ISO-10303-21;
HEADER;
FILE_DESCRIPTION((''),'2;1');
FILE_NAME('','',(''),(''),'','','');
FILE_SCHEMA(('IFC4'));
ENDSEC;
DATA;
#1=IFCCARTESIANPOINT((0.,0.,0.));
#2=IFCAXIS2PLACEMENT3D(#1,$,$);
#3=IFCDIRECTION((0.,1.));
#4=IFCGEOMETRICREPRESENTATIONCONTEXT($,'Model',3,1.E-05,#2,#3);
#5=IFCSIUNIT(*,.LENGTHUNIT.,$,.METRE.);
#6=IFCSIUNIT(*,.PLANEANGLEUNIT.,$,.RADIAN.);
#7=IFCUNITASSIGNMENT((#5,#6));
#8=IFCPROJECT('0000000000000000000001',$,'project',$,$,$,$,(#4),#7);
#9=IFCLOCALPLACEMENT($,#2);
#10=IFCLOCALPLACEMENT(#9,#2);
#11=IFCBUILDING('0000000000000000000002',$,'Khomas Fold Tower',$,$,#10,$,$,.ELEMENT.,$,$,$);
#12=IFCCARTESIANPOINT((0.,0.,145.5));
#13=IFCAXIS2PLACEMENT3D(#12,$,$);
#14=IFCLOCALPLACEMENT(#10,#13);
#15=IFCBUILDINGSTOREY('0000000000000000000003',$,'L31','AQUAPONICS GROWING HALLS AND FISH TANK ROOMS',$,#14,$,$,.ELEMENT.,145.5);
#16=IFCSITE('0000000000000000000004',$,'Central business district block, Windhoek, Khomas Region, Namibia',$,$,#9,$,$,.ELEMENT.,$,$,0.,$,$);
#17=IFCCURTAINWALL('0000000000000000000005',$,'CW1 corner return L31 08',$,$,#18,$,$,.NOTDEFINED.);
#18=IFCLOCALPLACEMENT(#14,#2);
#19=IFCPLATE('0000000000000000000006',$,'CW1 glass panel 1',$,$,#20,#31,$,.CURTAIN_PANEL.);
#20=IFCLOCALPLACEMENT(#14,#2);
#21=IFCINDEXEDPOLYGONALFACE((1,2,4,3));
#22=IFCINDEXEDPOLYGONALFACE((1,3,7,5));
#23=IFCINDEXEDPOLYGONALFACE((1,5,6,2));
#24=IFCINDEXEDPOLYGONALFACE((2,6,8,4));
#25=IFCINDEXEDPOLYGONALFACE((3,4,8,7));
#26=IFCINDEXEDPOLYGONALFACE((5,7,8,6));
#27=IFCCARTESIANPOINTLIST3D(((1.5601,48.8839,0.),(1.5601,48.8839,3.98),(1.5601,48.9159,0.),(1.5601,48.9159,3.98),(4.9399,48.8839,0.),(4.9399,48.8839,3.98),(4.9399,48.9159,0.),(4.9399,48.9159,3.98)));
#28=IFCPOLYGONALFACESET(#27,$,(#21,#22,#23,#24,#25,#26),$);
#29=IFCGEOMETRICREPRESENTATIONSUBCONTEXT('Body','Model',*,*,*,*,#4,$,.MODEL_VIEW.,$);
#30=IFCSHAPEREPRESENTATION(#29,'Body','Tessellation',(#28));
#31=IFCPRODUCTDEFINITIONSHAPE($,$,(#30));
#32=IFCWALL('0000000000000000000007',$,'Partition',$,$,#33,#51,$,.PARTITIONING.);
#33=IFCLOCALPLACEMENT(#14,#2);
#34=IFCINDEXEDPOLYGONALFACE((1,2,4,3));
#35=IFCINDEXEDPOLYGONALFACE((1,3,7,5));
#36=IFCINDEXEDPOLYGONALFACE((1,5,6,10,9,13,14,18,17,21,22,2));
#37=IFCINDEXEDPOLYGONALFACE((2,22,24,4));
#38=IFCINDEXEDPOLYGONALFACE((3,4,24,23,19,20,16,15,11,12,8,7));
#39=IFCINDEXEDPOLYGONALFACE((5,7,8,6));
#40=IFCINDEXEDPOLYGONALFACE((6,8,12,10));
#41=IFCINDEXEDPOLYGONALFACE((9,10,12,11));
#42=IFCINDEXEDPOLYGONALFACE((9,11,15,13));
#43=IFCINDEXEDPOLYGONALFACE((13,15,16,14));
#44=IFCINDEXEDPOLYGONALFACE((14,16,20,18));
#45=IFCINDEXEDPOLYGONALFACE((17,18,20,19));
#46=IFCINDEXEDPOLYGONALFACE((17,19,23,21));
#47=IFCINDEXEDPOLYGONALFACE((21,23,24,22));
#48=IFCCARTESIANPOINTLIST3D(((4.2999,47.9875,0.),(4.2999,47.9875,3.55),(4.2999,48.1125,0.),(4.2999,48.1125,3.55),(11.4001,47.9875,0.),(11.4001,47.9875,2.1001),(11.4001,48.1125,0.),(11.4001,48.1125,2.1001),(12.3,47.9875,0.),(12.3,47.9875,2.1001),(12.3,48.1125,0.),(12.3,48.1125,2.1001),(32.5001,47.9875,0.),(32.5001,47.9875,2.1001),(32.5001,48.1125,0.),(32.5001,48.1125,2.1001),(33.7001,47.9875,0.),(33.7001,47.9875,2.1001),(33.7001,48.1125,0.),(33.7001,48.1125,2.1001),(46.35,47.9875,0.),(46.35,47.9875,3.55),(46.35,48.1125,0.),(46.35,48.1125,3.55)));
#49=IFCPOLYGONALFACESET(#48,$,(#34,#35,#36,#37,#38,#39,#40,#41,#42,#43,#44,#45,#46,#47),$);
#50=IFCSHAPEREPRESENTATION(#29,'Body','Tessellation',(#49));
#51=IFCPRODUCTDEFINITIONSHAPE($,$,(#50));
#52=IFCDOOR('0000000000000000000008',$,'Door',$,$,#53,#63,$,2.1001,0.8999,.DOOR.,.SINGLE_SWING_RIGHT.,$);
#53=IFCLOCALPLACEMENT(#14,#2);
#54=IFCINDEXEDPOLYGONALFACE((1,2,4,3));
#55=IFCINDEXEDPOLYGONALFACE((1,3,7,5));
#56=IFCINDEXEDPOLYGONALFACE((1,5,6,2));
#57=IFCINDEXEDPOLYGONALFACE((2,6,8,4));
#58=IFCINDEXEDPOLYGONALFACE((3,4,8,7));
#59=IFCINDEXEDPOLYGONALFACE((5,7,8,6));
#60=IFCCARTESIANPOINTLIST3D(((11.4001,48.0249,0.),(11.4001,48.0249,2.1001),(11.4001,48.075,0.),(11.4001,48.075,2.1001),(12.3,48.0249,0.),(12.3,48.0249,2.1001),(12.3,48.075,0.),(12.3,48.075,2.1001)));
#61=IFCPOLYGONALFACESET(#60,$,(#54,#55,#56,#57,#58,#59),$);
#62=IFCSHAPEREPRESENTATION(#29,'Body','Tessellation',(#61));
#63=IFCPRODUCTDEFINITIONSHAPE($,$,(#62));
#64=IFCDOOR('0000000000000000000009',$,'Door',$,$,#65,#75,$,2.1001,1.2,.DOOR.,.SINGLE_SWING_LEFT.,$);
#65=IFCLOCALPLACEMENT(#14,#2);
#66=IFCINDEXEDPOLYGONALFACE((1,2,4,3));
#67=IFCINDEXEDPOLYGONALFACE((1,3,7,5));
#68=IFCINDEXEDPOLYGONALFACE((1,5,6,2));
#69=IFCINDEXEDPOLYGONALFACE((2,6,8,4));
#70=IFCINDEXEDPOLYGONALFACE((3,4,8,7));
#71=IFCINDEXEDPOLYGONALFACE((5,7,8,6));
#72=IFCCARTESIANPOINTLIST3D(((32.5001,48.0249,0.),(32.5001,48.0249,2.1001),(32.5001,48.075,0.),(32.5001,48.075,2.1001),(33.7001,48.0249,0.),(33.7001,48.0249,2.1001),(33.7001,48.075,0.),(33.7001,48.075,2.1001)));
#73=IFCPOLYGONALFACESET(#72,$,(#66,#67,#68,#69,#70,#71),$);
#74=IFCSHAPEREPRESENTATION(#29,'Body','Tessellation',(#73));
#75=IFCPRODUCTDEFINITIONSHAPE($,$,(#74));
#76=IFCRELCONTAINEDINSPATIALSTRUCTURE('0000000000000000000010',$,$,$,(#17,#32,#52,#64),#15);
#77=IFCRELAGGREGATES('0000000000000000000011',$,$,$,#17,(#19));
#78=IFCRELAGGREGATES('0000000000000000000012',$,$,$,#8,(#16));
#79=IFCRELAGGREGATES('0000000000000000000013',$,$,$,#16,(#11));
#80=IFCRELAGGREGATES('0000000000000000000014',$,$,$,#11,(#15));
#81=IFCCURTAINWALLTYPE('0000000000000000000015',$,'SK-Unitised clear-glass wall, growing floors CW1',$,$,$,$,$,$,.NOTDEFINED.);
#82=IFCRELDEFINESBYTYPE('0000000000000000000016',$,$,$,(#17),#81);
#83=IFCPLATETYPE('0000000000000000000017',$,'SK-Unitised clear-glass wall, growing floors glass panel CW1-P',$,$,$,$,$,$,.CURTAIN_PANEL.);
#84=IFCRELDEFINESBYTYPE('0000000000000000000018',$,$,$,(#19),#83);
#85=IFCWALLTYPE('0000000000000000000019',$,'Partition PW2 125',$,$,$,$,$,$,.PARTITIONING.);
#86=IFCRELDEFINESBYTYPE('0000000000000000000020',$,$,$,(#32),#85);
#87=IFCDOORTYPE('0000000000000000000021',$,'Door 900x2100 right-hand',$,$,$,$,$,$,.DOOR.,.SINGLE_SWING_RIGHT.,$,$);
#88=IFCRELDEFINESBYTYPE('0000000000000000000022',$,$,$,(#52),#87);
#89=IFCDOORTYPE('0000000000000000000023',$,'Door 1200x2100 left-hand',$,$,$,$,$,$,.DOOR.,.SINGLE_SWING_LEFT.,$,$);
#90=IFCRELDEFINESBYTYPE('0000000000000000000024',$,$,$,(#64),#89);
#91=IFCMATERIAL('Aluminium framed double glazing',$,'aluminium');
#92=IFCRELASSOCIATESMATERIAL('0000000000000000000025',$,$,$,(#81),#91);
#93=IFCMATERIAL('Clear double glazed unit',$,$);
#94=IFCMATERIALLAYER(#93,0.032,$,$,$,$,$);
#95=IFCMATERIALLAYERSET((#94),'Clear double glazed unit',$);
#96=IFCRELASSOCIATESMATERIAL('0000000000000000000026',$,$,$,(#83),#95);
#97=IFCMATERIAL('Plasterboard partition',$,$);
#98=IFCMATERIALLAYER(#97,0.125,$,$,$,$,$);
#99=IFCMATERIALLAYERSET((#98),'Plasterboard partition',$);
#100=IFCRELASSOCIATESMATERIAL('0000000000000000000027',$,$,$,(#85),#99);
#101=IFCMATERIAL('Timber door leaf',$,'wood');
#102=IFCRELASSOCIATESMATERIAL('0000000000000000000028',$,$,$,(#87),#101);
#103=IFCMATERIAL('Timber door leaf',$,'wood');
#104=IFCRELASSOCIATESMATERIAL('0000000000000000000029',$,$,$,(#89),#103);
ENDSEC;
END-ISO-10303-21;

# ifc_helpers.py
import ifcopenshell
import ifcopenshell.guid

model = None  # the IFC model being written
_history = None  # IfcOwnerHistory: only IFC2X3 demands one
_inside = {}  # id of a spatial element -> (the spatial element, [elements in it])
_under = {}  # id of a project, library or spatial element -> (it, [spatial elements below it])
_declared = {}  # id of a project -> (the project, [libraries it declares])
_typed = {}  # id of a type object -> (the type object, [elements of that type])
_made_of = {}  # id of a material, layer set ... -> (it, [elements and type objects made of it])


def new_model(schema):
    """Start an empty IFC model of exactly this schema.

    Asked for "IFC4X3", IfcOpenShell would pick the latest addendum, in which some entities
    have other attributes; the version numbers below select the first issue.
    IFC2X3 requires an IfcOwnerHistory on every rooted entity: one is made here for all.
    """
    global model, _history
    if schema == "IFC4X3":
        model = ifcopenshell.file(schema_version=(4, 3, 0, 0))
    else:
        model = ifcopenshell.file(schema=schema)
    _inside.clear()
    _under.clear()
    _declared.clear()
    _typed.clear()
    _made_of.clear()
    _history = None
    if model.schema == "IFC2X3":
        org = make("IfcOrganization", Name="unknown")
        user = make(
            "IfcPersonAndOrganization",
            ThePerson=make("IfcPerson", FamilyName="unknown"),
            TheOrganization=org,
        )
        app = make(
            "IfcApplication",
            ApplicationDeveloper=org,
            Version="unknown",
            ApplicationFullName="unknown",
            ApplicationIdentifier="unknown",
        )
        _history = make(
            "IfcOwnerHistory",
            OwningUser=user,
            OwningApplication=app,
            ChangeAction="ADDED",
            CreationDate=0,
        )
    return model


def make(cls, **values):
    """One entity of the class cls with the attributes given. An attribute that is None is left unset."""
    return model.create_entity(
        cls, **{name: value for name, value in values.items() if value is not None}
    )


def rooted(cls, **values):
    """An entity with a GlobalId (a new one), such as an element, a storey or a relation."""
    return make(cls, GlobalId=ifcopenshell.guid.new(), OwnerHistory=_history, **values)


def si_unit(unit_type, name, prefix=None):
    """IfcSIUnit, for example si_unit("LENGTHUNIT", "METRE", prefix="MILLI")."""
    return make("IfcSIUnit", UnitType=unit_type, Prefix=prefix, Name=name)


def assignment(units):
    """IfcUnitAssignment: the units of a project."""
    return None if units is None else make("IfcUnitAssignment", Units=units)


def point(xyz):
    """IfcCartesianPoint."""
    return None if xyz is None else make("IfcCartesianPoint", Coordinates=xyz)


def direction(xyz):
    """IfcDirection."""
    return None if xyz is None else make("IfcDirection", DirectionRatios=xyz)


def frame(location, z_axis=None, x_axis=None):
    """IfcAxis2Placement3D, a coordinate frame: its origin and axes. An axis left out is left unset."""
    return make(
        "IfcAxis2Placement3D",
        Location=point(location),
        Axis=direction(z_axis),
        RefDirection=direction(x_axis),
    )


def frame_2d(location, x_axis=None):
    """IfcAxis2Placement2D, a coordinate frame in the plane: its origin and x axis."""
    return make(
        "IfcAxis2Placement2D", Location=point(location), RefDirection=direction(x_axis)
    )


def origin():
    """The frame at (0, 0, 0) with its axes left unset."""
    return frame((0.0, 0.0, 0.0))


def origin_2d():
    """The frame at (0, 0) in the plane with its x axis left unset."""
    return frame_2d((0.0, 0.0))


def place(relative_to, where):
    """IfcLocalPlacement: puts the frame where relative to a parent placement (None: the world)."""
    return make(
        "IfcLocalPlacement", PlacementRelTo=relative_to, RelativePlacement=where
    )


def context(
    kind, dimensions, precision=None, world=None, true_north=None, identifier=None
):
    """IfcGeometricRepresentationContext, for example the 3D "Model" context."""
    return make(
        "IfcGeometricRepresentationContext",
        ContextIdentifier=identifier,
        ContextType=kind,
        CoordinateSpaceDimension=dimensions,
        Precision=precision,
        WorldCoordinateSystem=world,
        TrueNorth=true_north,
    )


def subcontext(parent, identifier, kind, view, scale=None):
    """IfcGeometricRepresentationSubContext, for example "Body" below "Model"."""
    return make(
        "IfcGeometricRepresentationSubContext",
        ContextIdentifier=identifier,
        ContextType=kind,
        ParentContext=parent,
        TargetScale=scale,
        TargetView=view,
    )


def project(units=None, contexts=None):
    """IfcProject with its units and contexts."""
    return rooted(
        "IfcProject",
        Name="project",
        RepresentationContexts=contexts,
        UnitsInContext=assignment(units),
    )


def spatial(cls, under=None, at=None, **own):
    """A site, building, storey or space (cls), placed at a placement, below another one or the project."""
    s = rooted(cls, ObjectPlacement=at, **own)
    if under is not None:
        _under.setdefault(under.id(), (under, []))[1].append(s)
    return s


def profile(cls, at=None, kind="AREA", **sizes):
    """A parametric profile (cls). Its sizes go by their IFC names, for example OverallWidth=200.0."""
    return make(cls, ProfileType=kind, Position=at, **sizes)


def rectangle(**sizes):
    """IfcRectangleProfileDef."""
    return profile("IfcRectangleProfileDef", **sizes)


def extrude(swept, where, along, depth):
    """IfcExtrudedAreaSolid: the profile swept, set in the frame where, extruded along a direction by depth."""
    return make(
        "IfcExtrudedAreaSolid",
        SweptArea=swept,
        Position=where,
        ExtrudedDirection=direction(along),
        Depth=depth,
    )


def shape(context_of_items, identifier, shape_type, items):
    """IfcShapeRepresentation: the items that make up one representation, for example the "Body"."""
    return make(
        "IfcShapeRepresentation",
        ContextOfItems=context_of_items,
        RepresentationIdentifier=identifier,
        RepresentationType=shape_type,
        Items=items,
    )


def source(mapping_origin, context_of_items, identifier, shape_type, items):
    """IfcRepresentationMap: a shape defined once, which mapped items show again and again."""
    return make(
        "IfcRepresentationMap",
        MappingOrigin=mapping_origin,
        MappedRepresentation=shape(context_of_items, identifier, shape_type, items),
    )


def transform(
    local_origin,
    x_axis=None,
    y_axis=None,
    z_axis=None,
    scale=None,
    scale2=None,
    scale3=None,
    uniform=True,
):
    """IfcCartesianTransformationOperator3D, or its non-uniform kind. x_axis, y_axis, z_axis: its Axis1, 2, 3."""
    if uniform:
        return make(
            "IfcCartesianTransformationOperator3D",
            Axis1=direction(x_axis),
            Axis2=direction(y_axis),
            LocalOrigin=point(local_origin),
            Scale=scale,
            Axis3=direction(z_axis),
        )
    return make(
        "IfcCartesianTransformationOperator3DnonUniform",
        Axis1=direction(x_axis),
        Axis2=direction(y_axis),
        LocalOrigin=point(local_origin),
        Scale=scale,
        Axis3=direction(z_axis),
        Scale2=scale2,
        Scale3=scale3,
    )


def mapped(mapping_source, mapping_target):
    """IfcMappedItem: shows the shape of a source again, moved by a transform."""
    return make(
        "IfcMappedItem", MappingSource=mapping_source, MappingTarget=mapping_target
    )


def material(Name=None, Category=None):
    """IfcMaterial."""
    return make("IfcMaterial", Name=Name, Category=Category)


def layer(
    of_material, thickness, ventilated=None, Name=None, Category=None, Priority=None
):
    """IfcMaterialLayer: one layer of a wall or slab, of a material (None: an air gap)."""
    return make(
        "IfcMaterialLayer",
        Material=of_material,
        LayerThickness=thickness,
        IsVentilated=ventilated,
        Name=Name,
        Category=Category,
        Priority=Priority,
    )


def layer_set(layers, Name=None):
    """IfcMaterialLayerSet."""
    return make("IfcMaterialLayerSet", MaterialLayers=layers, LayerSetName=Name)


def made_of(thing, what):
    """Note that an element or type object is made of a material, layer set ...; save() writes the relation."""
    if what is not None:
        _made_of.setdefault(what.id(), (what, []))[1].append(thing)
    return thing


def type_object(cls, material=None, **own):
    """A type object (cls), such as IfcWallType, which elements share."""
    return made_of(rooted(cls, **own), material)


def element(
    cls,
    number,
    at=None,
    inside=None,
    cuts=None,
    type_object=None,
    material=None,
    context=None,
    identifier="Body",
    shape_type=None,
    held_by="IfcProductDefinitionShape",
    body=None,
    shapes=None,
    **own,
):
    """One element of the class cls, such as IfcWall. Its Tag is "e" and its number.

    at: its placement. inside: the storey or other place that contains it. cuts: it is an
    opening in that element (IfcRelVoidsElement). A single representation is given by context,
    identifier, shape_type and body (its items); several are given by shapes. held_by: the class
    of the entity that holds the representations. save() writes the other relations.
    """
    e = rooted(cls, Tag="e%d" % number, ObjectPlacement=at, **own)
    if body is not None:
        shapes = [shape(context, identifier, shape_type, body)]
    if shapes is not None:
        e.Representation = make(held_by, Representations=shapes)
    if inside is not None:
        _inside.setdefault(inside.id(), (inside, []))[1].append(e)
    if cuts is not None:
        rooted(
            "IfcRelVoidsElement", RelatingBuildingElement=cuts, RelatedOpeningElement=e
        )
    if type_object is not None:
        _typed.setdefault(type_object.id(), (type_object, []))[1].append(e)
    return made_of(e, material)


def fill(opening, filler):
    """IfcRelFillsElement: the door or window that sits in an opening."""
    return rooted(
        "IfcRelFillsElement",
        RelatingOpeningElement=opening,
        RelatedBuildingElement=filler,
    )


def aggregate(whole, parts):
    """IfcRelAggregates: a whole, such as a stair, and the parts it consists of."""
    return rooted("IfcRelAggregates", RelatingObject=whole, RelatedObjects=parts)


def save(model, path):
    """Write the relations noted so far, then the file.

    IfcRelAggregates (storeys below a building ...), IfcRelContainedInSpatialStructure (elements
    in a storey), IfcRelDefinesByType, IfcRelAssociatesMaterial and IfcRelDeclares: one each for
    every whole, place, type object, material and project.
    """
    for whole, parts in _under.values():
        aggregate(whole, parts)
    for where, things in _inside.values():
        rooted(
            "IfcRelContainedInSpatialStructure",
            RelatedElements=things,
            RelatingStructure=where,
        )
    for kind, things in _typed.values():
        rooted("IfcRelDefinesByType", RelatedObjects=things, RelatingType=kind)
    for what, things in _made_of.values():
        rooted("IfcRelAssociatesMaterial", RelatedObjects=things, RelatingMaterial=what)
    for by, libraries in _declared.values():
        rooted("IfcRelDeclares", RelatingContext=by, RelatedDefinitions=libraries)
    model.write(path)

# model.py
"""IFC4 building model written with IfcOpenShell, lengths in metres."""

from ifc_helpers import new_model, si_unit, direction, frame, frame_2d, origin, origin_2d, place, context, subcontext, project, spatial, rectangle, extrude, source, transform, mapped, material, layer, layer_set, type_object, element, fill, aggregate, save


model = new_model("IFC4")

# Units and contexts
model_context = context("Model", 3, precision=1e-05, world=origin(), true_north=direction((0.0, 1.0)))
body_context = subcontext(model_context, "Body", "Model", "MODEL_VIEW")
ifc_project = project(units=[si_unit("LENGTHUNIT", "METRE"), si_unit("PLANEANGLEUNIT", "RADIAN")], contexts=[model_context])

# Site, building, storey
site_placement = place(None, origin())
site = spatial("IfcSite", under=ifc_project, at=site_placement, Name="Central business district block, Windhoek, Khomas Region, Namibia", CompositionType="ELEMENT", RefElevation=0.0)
building_placement = place(site_placement, origin())
building = spatial("IfcBuilding", under=site, at=building_placement, Name="Khomas Fold Tower", CompositionType="ELEMENT")
storey_placement = place(building_placement, frame((0.0, 0.0, 145.5)))
storey = spatial("IfcBuildingStorey", under=building, at=storey_placement, Name="L31", Description="AQUAPONICS GROWING HALLS AND FISH TANK ROOMS", CompositionType="ELEMENT", Elevation=145.5)

# Curtain wall
ifc_material_1 = material(Name="Aluminium framed double glazing", Category="aluminium")
curtain_wall_type = type_object("IfcCurtainWallType", Name="SK-Unitised clear-glass wall, growing floors CW1", PredefinedType="NOTDEFINED", material=ifc_material_1)
curtain_wall_1_placement = place(storey_placement, origin())
curtain_wall_1 = element("IfcCurtainWall", 1, at=curtain_wall_1_placement, inside=storey, type_object=curtain_wall_type, Name="CW1 corner return L31 08", PredefinedType="NOTDEFINED")

# Plate
ifc_material_2 = material(Name="Clear double glazed unit")
ifc_layer_1 = layer(ifc_material_2, 0.032)
ifc_layer_set_1 = layer_set([ifc_layer_1], Name="Clear double glazed unit")
plate_type = type_object("IfcPlateType", Name="SK-Unitised clear-glass wall, growing floors glass panel CW1-P", PredefinedType="CURTAIN_PANEL", material=ifc_layer_set_1)
shared_shape_1 = source(origin(), body_context, "Body", "SweptSolid", [
    extrude(rectangle(XDim=3.3799, YDim=0.032, at=origin_2d()), origin(), (0.0, 0.0, 1.0), 3.98),
])
plate_1_placement = place(storey_placement, frame((3.25, 48.8999, 0.0), z_axis=(0.0, 0.0, 1.0), x_axis=(-1.0, 0.0, 0.0)))
plate_1 = element("IfcPlate", 2, at=plate_1_placement, type_object=plate_type, Name="CW1 glass panel 1", PredefinedType="CURTAIN_PANEL", context=body_context, shape_type="MappedRepresentation", body=[
    mapped(shared_shape_1, transform((0.0, 0.0, 0.0))),
])
aggregate(curtain_wall_1, [plate_1])

# Wall, openings, doors
ifc_material_3 = material(Name="Plasterboard partition")
ifc_layer_2 = layer(ifc_material_3, 0.125)
ifc_layer_set_2 = layer_set([ifc_layer_2], Name="Plasterboard partition")
wall_type = type_object("IfcWallType", Name="Partition PW2 125", PredefinedType="PARTITIONING", material=ifc_layer_set_2)
shared_shape_2 = source(origin(), body_context, "Body", "SweptSolid", [
    extrude(rectangle(XDim=42.05, YDim=0.125, at=frame_2d((21.0249, 0.0))), origin(), (0.0, 0.0, 1.0), 3.55),
])
wall_placement = place(storey_placement, frame((4.3, 48.05, 0.0), z_axis=(0.0, 0.0, 1.0), x_axis=(1.0, 0.0, 0.0)))
wall = element("IfcWall", 3, at=wall_placement, inside=storey, type_object=wall_type, Name="Partition", PredefinedType="PARTITIONING", context=body_context, shape_type="MappedRepresentation", body=[
    mapped(shared_shape_2, transform((0.0, 0.0, 0.0))),
])
shared_shape_3 = source(origin(), body_context, "Body", "SweptSolid", [
    extrude(rectangle(XDim=0.8999, YDim=2.1001, at=frame_2d((0.45, 1.05))), frame((0.0, 0.0725, 0.0), z_axis=(0.0, -1.0, 0.0), x_axis=(1.0, 0.0, 0.0)), (0.0, 0.0, 1.0), 0.145),
])
opening_1_placement = place(wall_placement, frame((7.1001, 0.0, 0.0)))
opening_1 = element("IfcOpeningElement", 4, at=opening_1_placement, cuts=wall, PredefinedType="OPENING", context=body_context, shape_type="MappedRepresentation", body=[
    mapped(shared_shape_3, transform((0.0, 0.0, 0.0))),
])
shared_shape_4 = source(origin(), body_context, "Body", "SweptSolid", [
    extrude(rectangle(XDim=1.2, YDim=2.1001, at=frame_2d((0.6001, 1.05))), frame((0.0, 0.0725, 0.0), z_axis=(0.0, -1.0, 0.0), x_axis=(1.0, 0.0, 0.0)), (0.0, 0.0, 1.0), 0.145),
])
opening_2_placement = place(wall_placement, frame((28.2, 0.0, 0.0)))
opening_2 = element("IfcOpeningElement", 5, at=opening_2_placement, cuts=wall, PredefinedType="OPENING", context=body_context, shape_type="MappedRepresentation", body=[
    mapped(shared_shape_4, transform((0.0, 0.0, 0.0))),
])
ifc_material_4 = material(Name="Timber door leaf", Category="wood")
door_type_1 = type_object("IfcDoorType", Name="Door 900x2100 right-hand", OperationType="SINGLE_SWING_RIGHT", PredefinedType="DOOR", material=ifc_material_4)
shared_shape_5 = source(origin(), body_context, "Body", "SweptSolid", [
    extrude(rectangle(XDim=0.8999, YDim=2.1001, at=frame_2d((0.45, 1.05))), frame((0.0, 0.0249, 0.0), z_axis=(0.0, -1.0, 0.0), x_axis=(1.0, 0.0, 0.0)), (0.0, 0.0, 1.0), 0.05),
])
door_1_placement = place(opening_1_placement, origin())
door_1 = element("IfcDoor", 6, at=door_1_placement, inside=storey, type_object=door_type_1, Name="Door", OperationType="SINGLE_SWING_RIGHT", OverallHeight=2.1001, OverallWidth=0.8999, PredefinedType="DOOR", context=body_context, shape_type="MappedRepresentation", body=[
    mapped(shared_shape_5, transform((0.0, 0.0, 0.0))),
])
fill(opening_1, door_1)
ifc_material_5 = material(Name="Timber door leaf", Category="wood")
door_type_2 = type_object("IfcDoorType", Name="Door 1200x2100 left-hand", OperationType="SINGLE_SWING_LEFT", PredefinedType="DOOR", material=ifc_material_5)
shared_shape_6 = source(origin(), body_context, "Body", "SweptSolid", [
    extrude(rectangle(XDim=1.2, YDim=2.1001, at=frame_2d((0.6001, 1.05))), frame((0.0, 0.0249, 0.0), z_axis=(0.0, -1.0, 0.0), x_axis=(1.0, 0.0, 0.0)), (0.0, 0.0, 1.0), 0.05),
])
door_2_placement = place(opening_2_placement, origin())
door_2 = element("IfcDoor", 7, at=door_2_placement, inside=storey, type_object=door_type_2, Name="Door", OperationType="SINGLE_SWING_LEFT", OverallHeight=2.1001, OverallWidth=1.2, PredefinedType="DOOR", context=body_context, shape_type="MappedRepresentation", body=[
    mapped(shared_shape_6, transform((0.0, 0.0, 0.0))),
])
fill(opening_2, door_2)

save(model, "model.ifc")
